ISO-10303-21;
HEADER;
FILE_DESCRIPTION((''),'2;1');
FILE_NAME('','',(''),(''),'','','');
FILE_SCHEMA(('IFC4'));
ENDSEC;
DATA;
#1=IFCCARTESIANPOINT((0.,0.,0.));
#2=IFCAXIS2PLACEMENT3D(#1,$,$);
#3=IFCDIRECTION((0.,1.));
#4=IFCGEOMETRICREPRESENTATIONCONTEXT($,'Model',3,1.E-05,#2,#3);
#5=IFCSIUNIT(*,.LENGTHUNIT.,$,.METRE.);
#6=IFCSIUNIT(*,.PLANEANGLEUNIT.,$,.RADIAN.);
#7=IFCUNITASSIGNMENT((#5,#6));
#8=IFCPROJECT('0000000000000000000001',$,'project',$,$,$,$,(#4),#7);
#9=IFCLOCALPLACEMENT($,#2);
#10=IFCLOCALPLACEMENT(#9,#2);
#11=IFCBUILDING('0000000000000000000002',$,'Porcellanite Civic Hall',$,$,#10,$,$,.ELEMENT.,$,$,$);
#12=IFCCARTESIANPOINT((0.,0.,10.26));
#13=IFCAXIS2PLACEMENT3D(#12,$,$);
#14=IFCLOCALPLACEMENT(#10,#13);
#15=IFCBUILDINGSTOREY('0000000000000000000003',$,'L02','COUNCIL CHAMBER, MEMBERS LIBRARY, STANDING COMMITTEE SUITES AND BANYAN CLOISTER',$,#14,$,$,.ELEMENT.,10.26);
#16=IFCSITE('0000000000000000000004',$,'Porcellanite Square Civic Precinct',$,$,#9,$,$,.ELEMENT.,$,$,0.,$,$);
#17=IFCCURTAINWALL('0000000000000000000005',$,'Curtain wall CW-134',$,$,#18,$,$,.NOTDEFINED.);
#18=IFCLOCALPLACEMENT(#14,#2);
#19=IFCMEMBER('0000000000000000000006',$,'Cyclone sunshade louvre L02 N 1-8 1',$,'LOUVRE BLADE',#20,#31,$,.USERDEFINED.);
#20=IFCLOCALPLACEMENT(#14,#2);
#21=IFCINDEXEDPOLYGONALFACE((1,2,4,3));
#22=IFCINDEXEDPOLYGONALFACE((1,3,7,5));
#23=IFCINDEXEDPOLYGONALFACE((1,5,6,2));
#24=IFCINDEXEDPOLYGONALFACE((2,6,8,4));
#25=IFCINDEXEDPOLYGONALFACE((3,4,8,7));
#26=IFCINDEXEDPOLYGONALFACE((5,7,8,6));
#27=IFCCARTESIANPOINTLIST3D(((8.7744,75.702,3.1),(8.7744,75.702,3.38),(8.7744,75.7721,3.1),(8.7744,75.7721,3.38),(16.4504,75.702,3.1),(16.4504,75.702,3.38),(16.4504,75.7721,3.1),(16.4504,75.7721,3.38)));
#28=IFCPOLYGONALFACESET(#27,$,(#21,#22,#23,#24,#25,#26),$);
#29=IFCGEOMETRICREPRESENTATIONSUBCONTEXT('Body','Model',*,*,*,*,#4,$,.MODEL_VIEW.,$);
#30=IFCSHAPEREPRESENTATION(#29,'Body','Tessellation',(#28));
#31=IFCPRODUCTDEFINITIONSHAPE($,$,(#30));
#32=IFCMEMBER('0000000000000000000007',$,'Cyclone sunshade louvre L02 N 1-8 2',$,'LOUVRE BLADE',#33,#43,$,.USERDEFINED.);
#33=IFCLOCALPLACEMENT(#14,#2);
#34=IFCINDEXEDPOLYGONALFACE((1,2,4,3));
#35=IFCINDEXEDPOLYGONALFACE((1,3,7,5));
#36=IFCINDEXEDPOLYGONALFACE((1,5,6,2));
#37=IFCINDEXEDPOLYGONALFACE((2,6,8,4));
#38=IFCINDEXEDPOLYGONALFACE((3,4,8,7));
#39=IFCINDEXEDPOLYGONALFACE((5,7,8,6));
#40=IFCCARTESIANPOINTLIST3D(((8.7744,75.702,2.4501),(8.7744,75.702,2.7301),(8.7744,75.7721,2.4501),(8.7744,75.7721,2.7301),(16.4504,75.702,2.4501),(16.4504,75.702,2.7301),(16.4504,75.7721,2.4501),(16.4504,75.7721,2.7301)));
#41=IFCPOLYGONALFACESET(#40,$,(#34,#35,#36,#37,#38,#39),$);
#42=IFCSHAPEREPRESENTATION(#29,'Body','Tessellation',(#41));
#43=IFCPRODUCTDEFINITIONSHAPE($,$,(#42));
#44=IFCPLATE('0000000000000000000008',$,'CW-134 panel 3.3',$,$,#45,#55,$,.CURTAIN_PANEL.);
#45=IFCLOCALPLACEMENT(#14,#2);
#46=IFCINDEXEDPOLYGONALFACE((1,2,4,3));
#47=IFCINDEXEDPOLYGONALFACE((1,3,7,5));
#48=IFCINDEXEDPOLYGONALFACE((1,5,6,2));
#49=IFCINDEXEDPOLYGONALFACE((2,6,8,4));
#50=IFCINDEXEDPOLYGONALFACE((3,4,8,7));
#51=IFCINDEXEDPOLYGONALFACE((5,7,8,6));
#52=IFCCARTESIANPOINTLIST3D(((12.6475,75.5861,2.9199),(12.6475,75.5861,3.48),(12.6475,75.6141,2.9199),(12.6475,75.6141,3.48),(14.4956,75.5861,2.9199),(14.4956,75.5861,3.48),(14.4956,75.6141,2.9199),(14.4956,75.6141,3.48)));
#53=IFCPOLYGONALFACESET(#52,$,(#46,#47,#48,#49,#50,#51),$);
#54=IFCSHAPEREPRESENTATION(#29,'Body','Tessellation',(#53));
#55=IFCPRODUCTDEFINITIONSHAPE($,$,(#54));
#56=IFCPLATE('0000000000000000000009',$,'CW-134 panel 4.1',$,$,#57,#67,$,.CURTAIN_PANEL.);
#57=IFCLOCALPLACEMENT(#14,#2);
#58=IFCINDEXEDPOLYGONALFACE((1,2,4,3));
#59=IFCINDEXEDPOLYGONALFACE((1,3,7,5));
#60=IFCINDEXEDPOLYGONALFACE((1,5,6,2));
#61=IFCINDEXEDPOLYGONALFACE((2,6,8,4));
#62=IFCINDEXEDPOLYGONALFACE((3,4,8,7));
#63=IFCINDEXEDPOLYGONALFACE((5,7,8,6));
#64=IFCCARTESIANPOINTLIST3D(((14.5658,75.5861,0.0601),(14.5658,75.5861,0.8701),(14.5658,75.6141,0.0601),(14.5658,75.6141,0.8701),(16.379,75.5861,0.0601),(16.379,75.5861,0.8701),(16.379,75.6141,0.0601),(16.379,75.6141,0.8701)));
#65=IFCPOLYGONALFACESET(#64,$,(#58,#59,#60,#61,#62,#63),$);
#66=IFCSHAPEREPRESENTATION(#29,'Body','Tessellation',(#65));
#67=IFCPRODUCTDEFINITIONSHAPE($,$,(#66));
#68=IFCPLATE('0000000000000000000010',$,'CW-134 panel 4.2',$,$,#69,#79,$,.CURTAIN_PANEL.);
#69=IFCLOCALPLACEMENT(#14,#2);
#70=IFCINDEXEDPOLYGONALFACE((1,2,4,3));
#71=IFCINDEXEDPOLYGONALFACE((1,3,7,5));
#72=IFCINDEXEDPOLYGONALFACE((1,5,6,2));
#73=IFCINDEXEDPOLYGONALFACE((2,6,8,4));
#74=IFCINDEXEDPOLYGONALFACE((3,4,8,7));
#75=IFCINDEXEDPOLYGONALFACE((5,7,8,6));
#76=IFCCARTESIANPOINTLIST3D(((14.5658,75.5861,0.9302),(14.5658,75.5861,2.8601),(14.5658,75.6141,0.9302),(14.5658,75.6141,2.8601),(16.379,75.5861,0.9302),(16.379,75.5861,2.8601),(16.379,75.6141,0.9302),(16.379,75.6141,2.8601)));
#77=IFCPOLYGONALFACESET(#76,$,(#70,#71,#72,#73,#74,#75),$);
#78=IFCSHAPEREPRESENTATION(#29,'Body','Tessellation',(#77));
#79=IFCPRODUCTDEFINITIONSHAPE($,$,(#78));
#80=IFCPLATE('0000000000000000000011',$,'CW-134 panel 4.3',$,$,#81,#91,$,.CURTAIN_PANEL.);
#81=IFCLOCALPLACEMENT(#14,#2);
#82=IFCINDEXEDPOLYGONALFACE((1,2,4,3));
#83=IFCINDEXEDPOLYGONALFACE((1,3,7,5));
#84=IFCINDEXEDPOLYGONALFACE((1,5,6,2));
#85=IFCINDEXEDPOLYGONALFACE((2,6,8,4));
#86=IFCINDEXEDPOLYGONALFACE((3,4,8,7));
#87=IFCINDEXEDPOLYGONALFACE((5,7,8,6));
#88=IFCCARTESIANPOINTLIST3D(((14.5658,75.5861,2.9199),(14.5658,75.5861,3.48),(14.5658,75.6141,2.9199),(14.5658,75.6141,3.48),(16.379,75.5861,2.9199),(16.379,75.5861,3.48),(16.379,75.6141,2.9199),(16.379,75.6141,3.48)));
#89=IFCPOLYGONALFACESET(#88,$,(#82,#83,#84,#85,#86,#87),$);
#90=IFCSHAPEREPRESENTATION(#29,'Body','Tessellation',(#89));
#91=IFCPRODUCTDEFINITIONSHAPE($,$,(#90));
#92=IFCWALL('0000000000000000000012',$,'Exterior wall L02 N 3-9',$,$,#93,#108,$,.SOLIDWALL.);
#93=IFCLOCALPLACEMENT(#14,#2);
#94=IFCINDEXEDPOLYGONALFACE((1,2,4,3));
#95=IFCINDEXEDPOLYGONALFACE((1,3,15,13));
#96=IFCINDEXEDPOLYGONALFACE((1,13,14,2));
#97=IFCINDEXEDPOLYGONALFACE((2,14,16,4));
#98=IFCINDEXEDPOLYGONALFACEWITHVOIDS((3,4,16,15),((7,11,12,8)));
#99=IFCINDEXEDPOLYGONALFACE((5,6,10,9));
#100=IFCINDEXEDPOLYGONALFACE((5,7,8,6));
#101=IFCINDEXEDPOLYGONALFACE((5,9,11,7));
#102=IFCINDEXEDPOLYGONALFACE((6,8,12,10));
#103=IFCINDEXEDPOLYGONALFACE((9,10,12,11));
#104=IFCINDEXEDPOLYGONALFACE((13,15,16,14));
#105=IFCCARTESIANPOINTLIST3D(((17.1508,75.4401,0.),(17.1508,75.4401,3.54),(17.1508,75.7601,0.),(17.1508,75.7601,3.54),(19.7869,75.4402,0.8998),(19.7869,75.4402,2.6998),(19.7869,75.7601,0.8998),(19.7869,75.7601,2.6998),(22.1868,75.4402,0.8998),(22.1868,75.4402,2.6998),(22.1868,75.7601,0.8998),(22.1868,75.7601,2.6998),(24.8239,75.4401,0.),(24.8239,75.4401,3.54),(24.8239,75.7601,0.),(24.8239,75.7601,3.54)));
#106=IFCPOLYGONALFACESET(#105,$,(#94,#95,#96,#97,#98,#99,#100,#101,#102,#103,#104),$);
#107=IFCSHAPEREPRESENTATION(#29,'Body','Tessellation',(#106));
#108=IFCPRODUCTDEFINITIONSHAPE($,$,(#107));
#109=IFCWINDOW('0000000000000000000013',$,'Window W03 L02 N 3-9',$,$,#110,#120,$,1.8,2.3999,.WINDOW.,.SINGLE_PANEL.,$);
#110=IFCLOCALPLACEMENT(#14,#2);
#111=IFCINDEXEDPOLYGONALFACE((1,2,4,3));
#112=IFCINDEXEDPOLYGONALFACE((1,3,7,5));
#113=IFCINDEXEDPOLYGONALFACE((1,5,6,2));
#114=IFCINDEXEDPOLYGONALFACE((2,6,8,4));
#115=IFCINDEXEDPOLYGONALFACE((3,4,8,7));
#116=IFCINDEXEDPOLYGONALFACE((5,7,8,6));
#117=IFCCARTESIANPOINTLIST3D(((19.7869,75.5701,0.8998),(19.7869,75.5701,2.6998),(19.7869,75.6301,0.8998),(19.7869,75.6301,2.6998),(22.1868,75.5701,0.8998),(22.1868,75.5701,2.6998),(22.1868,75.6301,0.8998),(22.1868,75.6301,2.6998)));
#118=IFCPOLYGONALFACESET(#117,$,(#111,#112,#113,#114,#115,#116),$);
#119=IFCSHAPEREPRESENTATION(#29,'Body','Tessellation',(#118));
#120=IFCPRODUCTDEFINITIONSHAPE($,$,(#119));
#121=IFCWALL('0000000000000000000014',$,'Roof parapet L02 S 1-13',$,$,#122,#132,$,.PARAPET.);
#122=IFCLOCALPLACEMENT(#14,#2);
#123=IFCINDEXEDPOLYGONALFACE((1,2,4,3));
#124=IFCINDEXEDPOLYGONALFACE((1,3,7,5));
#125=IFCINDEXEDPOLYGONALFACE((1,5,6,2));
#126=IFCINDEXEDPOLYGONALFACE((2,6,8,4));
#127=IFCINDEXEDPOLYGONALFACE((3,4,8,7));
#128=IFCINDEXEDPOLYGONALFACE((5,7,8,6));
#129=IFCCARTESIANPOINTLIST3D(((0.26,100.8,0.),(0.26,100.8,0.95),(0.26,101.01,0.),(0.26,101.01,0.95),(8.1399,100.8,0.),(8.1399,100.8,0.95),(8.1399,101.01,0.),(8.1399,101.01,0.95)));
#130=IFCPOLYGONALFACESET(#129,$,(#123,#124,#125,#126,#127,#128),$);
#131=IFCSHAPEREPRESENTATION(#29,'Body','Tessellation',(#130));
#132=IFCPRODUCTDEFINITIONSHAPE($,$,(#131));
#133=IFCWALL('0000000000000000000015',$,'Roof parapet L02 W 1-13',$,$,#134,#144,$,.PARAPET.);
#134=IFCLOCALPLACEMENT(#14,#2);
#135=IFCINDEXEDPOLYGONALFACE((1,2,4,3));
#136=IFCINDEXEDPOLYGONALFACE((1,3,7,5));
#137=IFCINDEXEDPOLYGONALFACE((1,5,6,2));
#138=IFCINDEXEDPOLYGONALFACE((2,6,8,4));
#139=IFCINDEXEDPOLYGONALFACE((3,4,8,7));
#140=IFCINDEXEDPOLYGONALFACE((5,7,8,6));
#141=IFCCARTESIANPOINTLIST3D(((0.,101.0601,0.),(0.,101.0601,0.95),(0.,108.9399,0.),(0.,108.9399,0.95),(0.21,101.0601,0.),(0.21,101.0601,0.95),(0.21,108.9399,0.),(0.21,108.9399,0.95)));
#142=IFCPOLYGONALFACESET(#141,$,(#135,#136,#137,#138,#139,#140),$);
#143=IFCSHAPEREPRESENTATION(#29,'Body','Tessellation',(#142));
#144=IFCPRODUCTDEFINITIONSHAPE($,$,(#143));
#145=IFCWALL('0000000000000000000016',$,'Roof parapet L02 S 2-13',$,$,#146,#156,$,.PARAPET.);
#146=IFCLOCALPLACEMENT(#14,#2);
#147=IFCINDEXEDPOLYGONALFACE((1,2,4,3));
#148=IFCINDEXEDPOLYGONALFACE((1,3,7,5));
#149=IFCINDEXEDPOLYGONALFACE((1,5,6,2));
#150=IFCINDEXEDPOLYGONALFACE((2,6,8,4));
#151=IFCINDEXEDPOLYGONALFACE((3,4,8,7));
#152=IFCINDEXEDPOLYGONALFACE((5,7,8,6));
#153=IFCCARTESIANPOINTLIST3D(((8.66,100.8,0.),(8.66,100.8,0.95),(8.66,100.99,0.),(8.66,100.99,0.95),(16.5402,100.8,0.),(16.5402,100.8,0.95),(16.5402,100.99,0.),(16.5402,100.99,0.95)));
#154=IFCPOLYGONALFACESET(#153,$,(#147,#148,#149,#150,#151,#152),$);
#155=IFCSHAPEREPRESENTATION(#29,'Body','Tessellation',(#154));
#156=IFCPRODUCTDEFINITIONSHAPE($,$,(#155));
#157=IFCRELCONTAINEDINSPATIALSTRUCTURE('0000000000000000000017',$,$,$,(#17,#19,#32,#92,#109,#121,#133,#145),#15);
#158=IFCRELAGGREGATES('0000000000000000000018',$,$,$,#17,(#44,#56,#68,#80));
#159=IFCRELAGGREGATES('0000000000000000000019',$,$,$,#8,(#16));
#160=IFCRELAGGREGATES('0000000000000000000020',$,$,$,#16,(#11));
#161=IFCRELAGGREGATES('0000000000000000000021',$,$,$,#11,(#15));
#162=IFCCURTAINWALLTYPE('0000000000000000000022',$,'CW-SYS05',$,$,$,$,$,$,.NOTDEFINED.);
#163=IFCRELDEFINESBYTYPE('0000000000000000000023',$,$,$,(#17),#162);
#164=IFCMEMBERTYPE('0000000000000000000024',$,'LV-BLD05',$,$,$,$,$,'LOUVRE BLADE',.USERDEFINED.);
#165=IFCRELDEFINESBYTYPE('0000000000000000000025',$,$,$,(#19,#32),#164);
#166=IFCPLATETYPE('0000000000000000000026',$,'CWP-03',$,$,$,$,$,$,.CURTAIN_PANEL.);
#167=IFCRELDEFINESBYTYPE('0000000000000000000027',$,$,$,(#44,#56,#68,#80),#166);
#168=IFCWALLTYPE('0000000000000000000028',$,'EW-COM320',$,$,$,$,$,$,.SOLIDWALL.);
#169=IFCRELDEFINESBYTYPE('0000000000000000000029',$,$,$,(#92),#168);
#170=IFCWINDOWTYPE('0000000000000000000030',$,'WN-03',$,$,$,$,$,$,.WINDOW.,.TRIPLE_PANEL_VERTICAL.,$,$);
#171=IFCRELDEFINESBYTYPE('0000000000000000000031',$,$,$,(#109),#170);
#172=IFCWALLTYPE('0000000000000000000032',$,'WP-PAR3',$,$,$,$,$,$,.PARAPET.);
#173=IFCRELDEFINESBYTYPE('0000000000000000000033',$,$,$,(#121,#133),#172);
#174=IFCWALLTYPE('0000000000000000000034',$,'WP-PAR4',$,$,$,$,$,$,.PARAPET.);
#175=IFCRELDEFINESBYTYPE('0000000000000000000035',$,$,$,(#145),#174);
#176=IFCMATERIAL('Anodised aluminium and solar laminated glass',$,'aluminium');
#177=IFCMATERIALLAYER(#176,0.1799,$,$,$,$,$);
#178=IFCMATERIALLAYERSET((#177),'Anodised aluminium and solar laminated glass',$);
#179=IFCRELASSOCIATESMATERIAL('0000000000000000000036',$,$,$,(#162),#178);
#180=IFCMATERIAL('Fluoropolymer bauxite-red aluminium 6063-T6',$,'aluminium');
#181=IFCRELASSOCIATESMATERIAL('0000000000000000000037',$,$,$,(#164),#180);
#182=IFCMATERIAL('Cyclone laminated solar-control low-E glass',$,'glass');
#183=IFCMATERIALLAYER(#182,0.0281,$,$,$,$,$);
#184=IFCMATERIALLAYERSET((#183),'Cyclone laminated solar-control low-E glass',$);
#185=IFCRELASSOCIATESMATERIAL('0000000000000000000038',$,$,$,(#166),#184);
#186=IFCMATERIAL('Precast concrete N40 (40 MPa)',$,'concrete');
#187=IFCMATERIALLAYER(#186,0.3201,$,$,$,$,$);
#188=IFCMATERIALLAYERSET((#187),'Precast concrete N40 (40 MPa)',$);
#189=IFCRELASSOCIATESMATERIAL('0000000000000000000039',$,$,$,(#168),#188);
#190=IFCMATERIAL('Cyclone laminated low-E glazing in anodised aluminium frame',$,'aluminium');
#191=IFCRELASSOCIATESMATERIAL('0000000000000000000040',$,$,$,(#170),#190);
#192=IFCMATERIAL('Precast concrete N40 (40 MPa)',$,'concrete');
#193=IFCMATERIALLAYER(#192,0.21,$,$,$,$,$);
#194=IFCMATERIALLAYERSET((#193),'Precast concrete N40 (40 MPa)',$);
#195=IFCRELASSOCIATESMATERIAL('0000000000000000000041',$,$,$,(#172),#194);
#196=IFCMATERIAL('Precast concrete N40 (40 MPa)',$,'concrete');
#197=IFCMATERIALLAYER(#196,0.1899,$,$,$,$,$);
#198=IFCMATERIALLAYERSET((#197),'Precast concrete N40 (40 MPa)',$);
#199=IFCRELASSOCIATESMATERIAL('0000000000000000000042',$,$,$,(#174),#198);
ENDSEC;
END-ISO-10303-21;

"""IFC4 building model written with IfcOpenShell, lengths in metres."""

from ifc_helpers import new_model, si_unit, direction, frame, frame_2d, origin, origin_2d, place, context, subcontext, project, spatial, rectangle, extrude, material, layer, layer_set, material_profile, profile_set, type_object, element, fill, aggregate, save


model = new_model("IFC4")

# Units and contexts
model_context = context("Model", 3, precision=1e-05, world=origin(), true_north=direction((0.0, 1.0)))
body_context = subcontext(model_context, "Body", "Model", "MODEL_VIEW")
ifc_project = project(units=[si_unit("LENGTHUNIT", "METRE"), si_unit("PLANEANGLEUNIT", "RADIAN")], contexts=[model_context])

# Site, building, storey
site_placement = place(None, origin())
site = spatial("IfcSite", under=ifc_project, at=site_placement, Name="Porcellanite Square Civic Precinct", CompositionType="ELEMENT", RefElevation=0.0)
building_placement = place(site_placement, origin())
building = spatial("IfcBuilding", under=site, at=building_placement, Name="Porcellanite Civic Hall", CompositionType="ELEMENT")
storey_placement = place(building_placement, frame((0.0, 0.0, 10.26)))
storey = spatial("IfcBuildingStorey", under=building, at=storey_placement, Name="L02", Description="COUNCIL CHAMBER, MEMBERS LIBRARY, STANDING COMMITTEE SUITES AND BANYAN CLOISTER", CompositionType="ELEMENT", Elevation=10.26)

# Curtain wall
ifc_material_1 = material(Name="Anodised aluminium and solar laminated glass", Category="aluminium")
ifc_layer_1 = layer(ifc_material_1, 0.1799)
ifc_layer_set_1 = layer_set([ifc_layer_1], Name="Anodised aluminium and solar laminated glass")
curtain_wall_type = type_object("IfcCurtainWallType", Name="CW-SYS05", PredefinedType="NOTDEFINED", material=ifc_layer_set_1)
curtain_wall_1_placement = place(storey_placement, origin())
curtain_wall_1 = element("IfcCurtainWall", 1, at=curtain_wall_1_placement, inside=storey, type_object=curtain_wall_type, Name="Curtain wall CW-134", PredefinedType="NOTDEFINED")

# Members
ifc_material_2 = material(Name="Fluoropolymer bauxite-red aluminium 6063-T6", Category="aluminium")
ifc_material_profile_1 = material_profile(ifc_material_2, rectangle(XDim=0.0701, YDim=0.28, at=origin_2d()), Name="AL-70x280")
ifc_profile_set_1 = profile_set([ifc_material_profile_1], Name="Fluoropolymer bauxite-red aluminium 6063-T6")
member_type_1 = type_object("IfcMemberType", Name="LV-BLD05", ElementType="LOUVRE BLADE", PredefinedType="USERDEFINED", material=ifc_profile_set_1)
for number, where, z_axis, x_axis, name in (
    (2, (8.7744, 75.7371, 3.24), (1.0, 0.0, 0.0), (0.0, 1.0, 0.0), "Cyclone sunshade louvre L02 N 1-8 1"),
    (3, (8.7744, 75.7371, 2.5901), (1.0, 0.0, 0.0), (0.0, 1.0, 0.0), "Cyclone sunshade louvre L02 N 1-8 2"),
):
    element("IfcMember", number, at=place(storey_placement, frame(where, z_axis=z_axis, x_axis=x_axis)), inside=storey, type_object=member_type_1, Name=name, ObjectType="LOUVRE BLADE", PredefinedType="USERDEFINED", context=body_context, shape_type="SweptSolid", body=[
        extrude(rectangle(XDim=0.0701, YDim=0.28, at=origin_2d()), origin(), (0.0, 0.0, 1.0), 7.676),
    ])

# Plates
ifc_material_3 = material(Name="Cyclone laminated solar-control low-E glass", Category="glass")
ifc_layer_2 = layer(ifc_material_3, 0.0281)
ifc_layer_set_2 = layer_set([ifc_layer_2], Name="Cyclone laminated solar-control low-E glass")
plate_type = type_object("IfcPlateType", Name="CWP-03", PredefinedType="CURTAIN_PANEL", material=ifc_layer_set_2)
plate_1_placement = place(storey_placement, frame((13.5715, 75.6001, 2.9199), z_axis=(0.0, 0.0, 1.0), x_axis=(1.0, 0.0, 0.0)))
plate_1 = element("IfcPlate", 4, at=plate_1_placement, type_object=plate_type, Name="CW-134 panel 3.3", PredefinedType="CURTAIN_PANEL", context=body_context, shape_type="SweptSolid", body=[
    extrude(rectangle(XDim=1.8481, YDim=0.0281, at=origin_2d()), origin(), (0.0, 0.0, 1.0), 0.5601),
])
plate_2_placement = place(storey_placement, frame((15.4724, 75.6001, 0.0601), z_axis=(0.0, 0.0, 1.0), x_axis=(1.0, 0.0, 0.0)))
plate_2 = element("IfcPlate", 5, at=plate_2_placement, type_object=plate_type, Name="CW-134 panel 4.1", PredefinedType="CURTAIN_PANEL", context=body_context, shape_type="SweptSolid", body=[
    extrude(rectangle(XDim=1.8132, YDim=0.0281, at=origin_2d()), origin(), (0.0, 0.0, 1.0), 0.8101),
])
plate_3_placement = place(storey_placement, frame((15.4724, 75.6001, 0.9302), z_axis=(0.0, 0.0, 1.0), x_axis=(1.0, 0.0, 0.0)))
plate_3 = element("IfcPlate", 6, at=plate_3_placement, type_object=plate_type, Name="CW-134 panel 4.2", PredefinedType="CURTAIN_PANEL", context=body_context, shape_type="SweptSolid", body=[
    extrude(rectangle(XDim=1.8132, YDim=0.0281, at=origin_2d()), origin(), (0.0, 0.0, 1.0), 1.9299),
])
plate_4_placement = place(storey_placement, frame((15.4724, 75.6001, 2.9199), z_axis=(0.0, 0.0, 1.0), x_axis=(1.0, 0.0, 0.0)))
plate_4 = element("IfcPlate", 7, at=plate_4_placement, type_object=plate_type, Name="CW-134 panel 4.3", PredefinedType="CURTAIN_PANEL", context=body_context, shape_type="SweptSolid", body=[
    extrude(rectangle(XDim=1.8132, YDim=0.0281, at=origin_2d()), origin(), (0.0, 0.0, 1.0), 0.5601),
])
aggregate(curtain_wall_1, [plate_1, plate_2, plate_3, plate_4])

# Wall, opening, window
ifc_material_4 = material(Name="Precast concrete N40 (40 MPa)", Category="concrete")
ifc_layer_3 = layer(ifc_material_4, 0.3201)
ifc_layer_set_3 = layer_set([ifc_layer_3], Name="Precast concrete N40 (40 MPa)")
wall_type_1 = type_object("IfcWallType", Name="EW-COM320", PredefinedType="SOLIDWALL", material=ifc_layer_set_3)
wall_1_placement = place(storey_placement, frame((17.1509, 75.6001, 0.0), z_axis=(0.0, 0.0, 1.0), x_axis=(1.0, 0.0, 0.0)))
wall_1 = element("IfcWall", 8, at=wall_1_placement, inside=storey, type_object=wall_type_1, Name="Exterior wall L02 N 3-9", PredefinedType="SOLIDWALL", context=body_context, shape_type="SweptSolid", body=[
    extrude(rectangle(XDim=7.6731, YDim=0.3201, at=frame_2d((3.8364, 0.0))), origin(), (0.0, 0.0, 1.0), 3.54),
])
opening_1_placement = place(wall_1_placement, frame((2.636, 0.0, 0.8999)))
opening_1 = element("IfcOpeningElement", 9, at=opening_1_placement, cuts=wall_1, PredefinedType="OPENING", context=body_context, shape_type="SweptSolid", body=[
    extrude(rectangle(XDim=2.3999, YDim=1.8, at=frame_2d((1.2, 0.8999))), frame((0.0, 0.1602, 0.0), z_axis=(0.0, -1.0, 0.0), x_axis=(1.0, 0.0, 0.0)), (0.0, 0.0, 1.0), 0.3201),
])
ifc_material_5 = material(Name="Cyclone laminated low-E glazing in anodised aluminium frame", Category="aluminium")
window_type = type_object("IfcWindowType", Name="WN-03", PartitioningType="TRIPLE_PANEL_VERTICAL", PredefinedType="WINDOW", material=ifc_material_5)
window_placement = place(opening_1_placement, origin())
window = element("IfcWindow", 10, at=window_placement, inside=storey, type_object=window_type, Name="Window W03 L02 N 3-9", OverallHeight=1.8, OverallWidth=2.3999, PartitioningType="SINGLE_PANEL", PredefinedType="WINDOW", context=body_context, shape_type="SweptSolid", body=[
    extrude(rectangle(XDim=2.3999, YDim=1.8, at=frame_2d((1.2, 0.8999))), frame((0.0, 0.03, 0.0), z_axis=(0.0, -1.0, 0.0), x_axis=(1.0, 0.0, 0.0)), (0.0, 0.0, 1.0), 0.0601),
])
fill(opening_1, window)

# Walls
ifc_material_6 = material(Name="Precast concrete N40 (40 MPa)", Category="concrete")
ifc_layer_4 = layer(ifc_material_6, 0.21)
ifc_layer_set_4 = layer_set([ifc_layer_4], Name="Precast concrete N40 (40 MPa)")
wall_type_2 = type_object("IfcWallType", Name="WP-PAR3", PredefinedType="PARAPET", material=ifc_layer_set_4)
for number, where, z_axis, x_axis, name in (
    (11, (8.1399, 100.905, 0.0), (0.0, 0.0, 1.0), (-1.0, 0.0, 0.0), "Roof parapet L02 S 1-13"),
    (12, (0.105, 101.0601, 0.0), (0.0, 0.0, 1.0), (0.0, 1.0, 0.0), "Roof parapet L02 W 1-13"),
):
    element("IfcWall", number, at=place(storey_placement, frame(where, z_axis=z_axis, x_axis=x_axis)), inside=storey, type_object=wall_type_2, Name=name, PredefinedType="PARAPET", context=body_context, shape_type="SweptSolid", body=[
        extrude(rectangle(XDim=7.8799, YDim=0.21, at=frame_2d((3.9399, 0.0))), origin(), (0.0, 0.0, 1.0), 0.95),
    ])
ifc_material_7 = material(Name="Precast concrete N40 (40 MPa)", Category="concrete")
ifc_layer_5 = layer(ifc_material_7, 0.1899)
ifc_layer_set_5 = layer_set([ifc_layer_5], Name="Precast concrete N40 (40 MPa)")
wall_type_3 = type_object("IfcWallType", Name="WP-PAR4", PredefinedType="PARAPET", material=ifc_layer_set_5)
wall_2_placement = place(storey_placement, frame((16.54, 100.895, 0.0), z_axis=(0.0, 0.0, 1.0), x_axis=(-1.0, 0.0, 0.0)))
element("IfcWall", 13, at=wall_2_placement, inside=storey, type_object=wall_type_3, Name="Roof parapet L02 S 2-13", PredefinedType="PARAPET", context=body_context, shape_type="SweptSolid", body=[
    extrude(rectangle(XDim=7.8801, YDim=0.1899, at=frame_2d((3.9399, 0.0))), origin(), (0.0, 0.0, 1.0), 0.95),
])

save(model, "model.ifc")
